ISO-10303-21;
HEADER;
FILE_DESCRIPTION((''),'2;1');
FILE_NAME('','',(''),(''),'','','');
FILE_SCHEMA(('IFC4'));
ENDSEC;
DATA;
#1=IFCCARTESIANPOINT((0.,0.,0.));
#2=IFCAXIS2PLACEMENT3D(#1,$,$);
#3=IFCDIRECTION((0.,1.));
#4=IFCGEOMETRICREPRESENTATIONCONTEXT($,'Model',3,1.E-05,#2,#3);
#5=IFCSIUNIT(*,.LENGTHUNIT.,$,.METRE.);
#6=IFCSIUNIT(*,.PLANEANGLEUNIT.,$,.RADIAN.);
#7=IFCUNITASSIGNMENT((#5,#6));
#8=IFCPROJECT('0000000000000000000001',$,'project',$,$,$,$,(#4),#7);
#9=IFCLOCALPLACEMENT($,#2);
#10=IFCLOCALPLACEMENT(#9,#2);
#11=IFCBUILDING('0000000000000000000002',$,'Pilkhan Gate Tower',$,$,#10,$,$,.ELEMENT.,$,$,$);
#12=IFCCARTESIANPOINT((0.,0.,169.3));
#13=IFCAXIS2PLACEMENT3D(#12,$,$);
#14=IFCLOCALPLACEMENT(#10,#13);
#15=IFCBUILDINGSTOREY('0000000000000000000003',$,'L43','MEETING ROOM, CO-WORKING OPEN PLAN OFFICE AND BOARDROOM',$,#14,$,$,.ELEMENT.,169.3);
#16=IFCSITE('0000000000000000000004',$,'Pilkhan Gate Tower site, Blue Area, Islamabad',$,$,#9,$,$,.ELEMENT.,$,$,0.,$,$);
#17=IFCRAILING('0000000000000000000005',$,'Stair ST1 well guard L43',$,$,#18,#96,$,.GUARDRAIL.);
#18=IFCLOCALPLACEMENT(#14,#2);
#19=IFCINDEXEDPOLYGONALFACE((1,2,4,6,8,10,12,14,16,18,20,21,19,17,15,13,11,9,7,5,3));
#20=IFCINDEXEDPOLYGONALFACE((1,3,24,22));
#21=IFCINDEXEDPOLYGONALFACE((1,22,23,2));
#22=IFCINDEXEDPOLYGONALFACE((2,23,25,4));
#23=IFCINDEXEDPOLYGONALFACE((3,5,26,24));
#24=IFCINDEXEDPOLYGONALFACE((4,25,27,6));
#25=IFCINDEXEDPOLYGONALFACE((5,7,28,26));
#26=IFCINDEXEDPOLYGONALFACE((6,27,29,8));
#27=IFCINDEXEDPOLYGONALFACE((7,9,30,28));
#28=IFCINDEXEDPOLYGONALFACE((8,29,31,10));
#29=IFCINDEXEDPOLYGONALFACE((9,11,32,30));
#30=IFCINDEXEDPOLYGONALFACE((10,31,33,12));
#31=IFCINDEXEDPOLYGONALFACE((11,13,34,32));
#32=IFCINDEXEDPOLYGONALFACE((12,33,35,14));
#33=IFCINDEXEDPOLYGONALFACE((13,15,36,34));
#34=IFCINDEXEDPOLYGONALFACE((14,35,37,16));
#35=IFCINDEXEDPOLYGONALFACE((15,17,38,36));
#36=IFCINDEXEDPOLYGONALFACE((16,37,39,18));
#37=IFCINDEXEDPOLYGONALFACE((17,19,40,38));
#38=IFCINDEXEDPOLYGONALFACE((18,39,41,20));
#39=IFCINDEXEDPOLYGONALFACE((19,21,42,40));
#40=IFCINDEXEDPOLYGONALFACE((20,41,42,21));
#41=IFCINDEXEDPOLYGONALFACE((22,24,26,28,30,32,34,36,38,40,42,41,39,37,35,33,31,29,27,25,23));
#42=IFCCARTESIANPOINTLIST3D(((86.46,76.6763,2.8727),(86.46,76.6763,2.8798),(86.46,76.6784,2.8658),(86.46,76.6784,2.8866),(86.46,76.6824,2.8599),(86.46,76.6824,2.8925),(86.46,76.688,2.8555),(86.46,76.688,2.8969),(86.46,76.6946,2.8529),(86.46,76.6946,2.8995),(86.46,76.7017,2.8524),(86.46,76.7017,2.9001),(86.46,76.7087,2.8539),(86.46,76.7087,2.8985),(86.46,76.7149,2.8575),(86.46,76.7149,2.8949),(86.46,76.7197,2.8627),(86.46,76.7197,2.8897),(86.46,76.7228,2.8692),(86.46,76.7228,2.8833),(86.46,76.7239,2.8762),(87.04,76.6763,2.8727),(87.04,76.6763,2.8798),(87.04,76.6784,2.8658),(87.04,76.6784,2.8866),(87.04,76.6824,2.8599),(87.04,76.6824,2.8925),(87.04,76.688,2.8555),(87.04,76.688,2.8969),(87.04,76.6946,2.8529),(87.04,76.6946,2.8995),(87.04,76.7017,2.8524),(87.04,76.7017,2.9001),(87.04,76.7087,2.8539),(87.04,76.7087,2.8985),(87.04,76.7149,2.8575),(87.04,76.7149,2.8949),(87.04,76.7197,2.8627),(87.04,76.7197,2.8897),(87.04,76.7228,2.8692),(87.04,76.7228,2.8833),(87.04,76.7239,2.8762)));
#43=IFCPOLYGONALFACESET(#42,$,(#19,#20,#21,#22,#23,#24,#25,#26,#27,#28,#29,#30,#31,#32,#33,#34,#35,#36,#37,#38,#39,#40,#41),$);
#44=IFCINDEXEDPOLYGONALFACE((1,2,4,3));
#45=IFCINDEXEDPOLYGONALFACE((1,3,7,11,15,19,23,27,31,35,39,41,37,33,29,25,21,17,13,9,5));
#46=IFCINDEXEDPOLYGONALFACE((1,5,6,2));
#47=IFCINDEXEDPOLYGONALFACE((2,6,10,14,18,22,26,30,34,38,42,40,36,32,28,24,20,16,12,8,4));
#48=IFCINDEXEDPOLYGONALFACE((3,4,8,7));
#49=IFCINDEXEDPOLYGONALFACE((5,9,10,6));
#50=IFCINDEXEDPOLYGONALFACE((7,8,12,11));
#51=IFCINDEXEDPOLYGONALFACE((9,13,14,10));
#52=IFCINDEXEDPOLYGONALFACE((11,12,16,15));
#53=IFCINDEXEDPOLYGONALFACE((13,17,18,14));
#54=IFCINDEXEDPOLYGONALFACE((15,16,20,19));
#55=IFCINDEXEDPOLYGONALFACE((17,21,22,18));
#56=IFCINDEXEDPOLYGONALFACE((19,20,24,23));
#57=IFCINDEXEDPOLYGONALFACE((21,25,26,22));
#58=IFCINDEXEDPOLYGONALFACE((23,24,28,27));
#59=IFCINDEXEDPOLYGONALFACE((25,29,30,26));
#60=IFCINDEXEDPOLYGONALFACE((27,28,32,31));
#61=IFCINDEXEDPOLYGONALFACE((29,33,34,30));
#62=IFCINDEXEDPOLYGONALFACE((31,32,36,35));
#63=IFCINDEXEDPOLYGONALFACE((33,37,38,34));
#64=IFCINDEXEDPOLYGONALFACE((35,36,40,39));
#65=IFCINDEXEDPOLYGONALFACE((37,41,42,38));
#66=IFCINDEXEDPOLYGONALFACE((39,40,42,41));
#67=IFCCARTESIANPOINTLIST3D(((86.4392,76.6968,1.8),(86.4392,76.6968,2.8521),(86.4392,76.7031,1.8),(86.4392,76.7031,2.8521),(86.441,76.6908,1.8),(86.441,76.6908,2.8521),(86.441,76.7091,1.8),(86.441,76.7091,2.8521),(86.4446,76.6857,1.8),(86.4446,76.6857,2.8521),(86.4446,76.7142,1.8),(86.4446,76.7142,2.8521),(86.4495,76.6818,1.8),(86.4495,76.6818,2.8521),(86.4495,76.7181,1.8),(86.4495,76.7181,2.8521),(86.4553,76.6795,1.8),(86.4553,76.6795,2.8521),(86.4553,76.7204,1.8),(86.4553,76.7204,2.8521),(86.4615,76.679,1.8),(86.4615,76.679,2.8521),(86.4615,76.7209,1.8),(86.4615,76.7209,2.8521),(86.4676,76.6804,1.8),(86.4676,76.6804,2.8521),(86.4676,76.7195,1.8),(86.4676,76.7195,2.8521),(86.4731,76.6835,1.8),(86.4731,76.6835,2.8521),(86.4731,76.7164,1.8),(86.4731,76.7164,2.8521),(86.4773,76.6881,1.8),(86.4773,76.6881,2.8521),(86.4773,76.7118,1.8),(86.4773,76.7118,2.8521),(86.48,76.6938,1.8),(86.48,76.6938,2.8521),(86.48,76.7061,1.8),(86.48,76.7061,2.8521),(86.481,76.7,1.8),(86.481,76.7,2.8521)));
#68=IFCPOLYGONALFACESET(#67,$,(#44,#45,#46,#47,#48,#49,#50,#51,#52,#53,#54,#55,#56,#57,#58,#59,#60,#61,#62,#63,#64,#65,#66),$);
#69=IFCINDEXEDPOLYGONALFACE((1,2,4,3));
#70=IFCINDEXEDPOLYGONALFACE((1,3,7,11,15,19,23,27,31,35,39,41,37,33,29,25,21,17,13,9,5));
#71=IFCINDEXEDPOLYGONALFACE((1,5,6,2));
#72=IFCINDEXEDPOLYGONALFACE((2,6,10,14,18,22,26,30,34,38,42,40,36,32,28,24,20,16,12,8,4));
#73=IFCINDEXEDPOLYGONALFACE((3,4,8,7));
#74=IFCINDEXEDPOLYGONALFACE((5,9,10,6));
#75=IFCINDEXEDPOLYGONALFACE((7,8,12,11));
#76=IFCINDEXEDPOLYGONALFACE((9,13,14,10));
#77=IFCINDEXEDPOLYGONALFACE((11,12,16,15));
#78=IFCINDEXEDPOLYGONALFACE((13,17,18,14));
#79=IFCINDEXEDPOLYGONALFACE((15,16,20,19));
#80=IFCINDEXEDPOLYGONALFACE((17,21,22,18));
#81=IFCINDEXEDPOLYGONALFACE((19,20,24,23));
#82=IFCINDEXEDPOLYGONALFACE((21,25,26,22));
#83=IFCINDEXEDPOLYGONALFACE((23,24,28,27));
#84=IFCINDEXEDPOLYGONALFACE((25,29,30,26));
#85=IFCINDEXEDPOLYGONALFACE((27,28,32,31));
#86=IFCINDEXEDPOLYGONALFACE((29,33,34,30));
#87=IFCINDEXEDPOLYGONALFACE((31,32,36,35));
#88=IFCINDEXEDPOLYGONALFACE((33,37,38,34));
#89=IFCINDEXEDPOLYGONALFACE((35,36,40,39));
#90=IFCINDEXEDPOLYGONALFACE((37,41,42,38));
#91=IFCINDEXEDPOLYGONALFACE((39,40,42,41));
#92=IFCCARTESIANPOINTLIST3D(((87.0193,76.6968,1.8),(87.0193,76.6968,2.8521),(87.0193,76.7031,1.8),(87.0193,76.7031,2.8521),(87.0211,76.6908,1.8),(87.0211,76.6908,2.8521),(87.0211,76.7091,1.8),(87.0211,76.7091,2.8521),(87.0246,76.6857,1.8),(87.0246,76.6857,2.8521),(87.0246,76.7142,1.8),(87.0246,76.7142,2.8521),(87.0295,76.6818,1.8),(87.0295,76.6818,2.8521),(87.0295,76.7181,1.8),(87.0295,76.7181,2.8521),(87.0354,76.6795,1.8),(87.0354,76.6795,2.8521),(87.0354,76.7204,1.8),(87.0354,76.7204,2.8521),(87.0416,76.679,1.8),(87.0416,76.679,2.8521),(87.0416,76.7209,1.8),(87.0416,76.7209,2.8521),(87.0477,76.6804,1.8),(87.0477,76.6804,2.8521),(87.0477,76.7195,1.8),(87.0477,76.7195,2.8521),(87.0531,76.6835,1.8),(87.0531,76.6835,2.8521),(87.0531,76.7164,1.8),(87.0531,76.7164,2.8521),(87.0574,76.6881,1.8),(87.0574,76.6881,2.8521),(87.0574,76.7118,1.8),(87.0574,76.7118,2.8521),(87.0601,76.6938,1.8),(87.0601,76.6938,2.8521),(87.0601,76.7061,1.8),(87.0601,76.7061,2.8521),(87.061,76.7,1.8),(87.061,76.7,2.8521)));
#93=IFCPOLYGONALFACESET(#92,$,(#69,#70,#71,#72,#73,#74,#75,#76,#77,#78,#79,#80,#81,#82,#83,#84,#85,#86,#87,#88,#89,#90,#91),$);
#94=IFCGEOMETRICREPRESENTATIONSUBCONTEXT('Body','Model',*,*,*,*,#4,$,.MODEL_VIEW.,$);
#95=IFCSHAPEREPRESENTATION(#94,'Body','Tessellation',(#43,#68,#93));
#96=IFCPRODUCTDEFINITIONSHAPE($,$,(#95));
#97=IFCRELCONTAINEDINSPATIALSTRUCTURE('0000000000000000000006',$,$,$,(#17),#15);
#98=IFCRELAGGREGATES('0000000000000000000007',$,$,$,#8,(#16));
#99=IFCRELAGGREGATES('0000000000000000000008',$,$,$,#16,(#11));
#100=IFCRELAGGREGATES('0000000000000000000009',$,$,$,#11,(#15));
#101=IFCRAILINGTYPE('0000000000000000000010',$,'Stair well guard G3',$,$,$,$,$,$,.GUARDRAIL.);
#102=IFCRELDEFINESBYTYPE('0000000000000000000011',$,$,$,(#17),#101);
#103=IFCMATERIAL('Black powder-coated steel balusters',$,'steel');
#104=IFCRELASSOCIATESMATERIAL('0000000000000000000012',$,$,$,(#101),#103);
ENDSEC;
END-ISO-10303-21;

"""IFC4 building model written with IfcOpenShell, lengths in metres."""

from ifc_helpers import new_model, si_unit, direction, frame, origin, origin_2d, place, context, subcontext, project, spatial, circle, extrude, material, type_object, element, save


model = new_model("IFC4")

# Units and contexts
model_context = context("Model", 3, precision=1e-05, world=origin(), true_north=direction((0.0, 1.0)))
body_context = subcontext(model_context, "Body", "Model", "MODEL_VIEW")
ifc_project = project(units=[si_unit("LENGTHUNIT", "METRE"), si_unit("PLANEANGLEUNIT", "RADIAN")], contexts=[model_context])

# Site, building, storey
site_placement = place(None, origin())
site = spatial("IfcSite", under=ifc_project, at=site_placement, Name="Pilkhan Gate Tower site, Blue Area, Islamabad", CompositionType="ELEMENT", RefElevation=0.0)
building_placement = place(site_placement, origin())
building = spatial("IfcBuilding", under=site, at=building_placement, Name="Pilkhan Gate Tower", CompositionType="ELEMENT")
storey_placement = place(building_placement, frame((0.0, 0.0, 169.3)))
storey = spatial("IfcBuildingStorey", under=building, at=storey_placement, Name="L43", Description="MEETING ROOM, CO-WORKING OPEN PLAN OFFICE AND BOARDROOM", CompositionType="ELEMENT", Elevation=169.3)

# Railing
ifc_material_1 = material(Name="Black powder-coated steel balusters", Category="steel")
railing_type_1 = type_object("IfcRailingType", Name="Stair well guard G3", PredefinedType="GUARDRAIL", material=ifc_material_1)
railing_1_placement = place(storey_placement, frame((86.46, 76.7, 1.8)))
element("IfcRailing", 1, at=railing_1_placement, inside=storey, type_object=railing_type_1, Name="Stair ST1 well guard L43", PredefinedType="GUARDRAIL", context=body_context, shape_type="SweptSolid", body=[
    extrude(circle(Radius=0.0239, at=origin_2d()), frame((0.0, 0.0, 1.0762), z_axis=(1.0, 0.0, 0.0), x_axis=(0.0, 1.0, 0.0)), (0.0, 0.0, 1.0), 0.5801),
    extrude(circle(Radius=0.021, at=origin_2d()), origin(), (0.0, 0.0, 1.0), 1.052),
    extrude(circle(Radius=0.021, at=origin_2d()), frame((0.5801, 0.0, 0.0)), (0.0, 0.0, 1.0), 1.052),
])

save(model, "model.ifc")
